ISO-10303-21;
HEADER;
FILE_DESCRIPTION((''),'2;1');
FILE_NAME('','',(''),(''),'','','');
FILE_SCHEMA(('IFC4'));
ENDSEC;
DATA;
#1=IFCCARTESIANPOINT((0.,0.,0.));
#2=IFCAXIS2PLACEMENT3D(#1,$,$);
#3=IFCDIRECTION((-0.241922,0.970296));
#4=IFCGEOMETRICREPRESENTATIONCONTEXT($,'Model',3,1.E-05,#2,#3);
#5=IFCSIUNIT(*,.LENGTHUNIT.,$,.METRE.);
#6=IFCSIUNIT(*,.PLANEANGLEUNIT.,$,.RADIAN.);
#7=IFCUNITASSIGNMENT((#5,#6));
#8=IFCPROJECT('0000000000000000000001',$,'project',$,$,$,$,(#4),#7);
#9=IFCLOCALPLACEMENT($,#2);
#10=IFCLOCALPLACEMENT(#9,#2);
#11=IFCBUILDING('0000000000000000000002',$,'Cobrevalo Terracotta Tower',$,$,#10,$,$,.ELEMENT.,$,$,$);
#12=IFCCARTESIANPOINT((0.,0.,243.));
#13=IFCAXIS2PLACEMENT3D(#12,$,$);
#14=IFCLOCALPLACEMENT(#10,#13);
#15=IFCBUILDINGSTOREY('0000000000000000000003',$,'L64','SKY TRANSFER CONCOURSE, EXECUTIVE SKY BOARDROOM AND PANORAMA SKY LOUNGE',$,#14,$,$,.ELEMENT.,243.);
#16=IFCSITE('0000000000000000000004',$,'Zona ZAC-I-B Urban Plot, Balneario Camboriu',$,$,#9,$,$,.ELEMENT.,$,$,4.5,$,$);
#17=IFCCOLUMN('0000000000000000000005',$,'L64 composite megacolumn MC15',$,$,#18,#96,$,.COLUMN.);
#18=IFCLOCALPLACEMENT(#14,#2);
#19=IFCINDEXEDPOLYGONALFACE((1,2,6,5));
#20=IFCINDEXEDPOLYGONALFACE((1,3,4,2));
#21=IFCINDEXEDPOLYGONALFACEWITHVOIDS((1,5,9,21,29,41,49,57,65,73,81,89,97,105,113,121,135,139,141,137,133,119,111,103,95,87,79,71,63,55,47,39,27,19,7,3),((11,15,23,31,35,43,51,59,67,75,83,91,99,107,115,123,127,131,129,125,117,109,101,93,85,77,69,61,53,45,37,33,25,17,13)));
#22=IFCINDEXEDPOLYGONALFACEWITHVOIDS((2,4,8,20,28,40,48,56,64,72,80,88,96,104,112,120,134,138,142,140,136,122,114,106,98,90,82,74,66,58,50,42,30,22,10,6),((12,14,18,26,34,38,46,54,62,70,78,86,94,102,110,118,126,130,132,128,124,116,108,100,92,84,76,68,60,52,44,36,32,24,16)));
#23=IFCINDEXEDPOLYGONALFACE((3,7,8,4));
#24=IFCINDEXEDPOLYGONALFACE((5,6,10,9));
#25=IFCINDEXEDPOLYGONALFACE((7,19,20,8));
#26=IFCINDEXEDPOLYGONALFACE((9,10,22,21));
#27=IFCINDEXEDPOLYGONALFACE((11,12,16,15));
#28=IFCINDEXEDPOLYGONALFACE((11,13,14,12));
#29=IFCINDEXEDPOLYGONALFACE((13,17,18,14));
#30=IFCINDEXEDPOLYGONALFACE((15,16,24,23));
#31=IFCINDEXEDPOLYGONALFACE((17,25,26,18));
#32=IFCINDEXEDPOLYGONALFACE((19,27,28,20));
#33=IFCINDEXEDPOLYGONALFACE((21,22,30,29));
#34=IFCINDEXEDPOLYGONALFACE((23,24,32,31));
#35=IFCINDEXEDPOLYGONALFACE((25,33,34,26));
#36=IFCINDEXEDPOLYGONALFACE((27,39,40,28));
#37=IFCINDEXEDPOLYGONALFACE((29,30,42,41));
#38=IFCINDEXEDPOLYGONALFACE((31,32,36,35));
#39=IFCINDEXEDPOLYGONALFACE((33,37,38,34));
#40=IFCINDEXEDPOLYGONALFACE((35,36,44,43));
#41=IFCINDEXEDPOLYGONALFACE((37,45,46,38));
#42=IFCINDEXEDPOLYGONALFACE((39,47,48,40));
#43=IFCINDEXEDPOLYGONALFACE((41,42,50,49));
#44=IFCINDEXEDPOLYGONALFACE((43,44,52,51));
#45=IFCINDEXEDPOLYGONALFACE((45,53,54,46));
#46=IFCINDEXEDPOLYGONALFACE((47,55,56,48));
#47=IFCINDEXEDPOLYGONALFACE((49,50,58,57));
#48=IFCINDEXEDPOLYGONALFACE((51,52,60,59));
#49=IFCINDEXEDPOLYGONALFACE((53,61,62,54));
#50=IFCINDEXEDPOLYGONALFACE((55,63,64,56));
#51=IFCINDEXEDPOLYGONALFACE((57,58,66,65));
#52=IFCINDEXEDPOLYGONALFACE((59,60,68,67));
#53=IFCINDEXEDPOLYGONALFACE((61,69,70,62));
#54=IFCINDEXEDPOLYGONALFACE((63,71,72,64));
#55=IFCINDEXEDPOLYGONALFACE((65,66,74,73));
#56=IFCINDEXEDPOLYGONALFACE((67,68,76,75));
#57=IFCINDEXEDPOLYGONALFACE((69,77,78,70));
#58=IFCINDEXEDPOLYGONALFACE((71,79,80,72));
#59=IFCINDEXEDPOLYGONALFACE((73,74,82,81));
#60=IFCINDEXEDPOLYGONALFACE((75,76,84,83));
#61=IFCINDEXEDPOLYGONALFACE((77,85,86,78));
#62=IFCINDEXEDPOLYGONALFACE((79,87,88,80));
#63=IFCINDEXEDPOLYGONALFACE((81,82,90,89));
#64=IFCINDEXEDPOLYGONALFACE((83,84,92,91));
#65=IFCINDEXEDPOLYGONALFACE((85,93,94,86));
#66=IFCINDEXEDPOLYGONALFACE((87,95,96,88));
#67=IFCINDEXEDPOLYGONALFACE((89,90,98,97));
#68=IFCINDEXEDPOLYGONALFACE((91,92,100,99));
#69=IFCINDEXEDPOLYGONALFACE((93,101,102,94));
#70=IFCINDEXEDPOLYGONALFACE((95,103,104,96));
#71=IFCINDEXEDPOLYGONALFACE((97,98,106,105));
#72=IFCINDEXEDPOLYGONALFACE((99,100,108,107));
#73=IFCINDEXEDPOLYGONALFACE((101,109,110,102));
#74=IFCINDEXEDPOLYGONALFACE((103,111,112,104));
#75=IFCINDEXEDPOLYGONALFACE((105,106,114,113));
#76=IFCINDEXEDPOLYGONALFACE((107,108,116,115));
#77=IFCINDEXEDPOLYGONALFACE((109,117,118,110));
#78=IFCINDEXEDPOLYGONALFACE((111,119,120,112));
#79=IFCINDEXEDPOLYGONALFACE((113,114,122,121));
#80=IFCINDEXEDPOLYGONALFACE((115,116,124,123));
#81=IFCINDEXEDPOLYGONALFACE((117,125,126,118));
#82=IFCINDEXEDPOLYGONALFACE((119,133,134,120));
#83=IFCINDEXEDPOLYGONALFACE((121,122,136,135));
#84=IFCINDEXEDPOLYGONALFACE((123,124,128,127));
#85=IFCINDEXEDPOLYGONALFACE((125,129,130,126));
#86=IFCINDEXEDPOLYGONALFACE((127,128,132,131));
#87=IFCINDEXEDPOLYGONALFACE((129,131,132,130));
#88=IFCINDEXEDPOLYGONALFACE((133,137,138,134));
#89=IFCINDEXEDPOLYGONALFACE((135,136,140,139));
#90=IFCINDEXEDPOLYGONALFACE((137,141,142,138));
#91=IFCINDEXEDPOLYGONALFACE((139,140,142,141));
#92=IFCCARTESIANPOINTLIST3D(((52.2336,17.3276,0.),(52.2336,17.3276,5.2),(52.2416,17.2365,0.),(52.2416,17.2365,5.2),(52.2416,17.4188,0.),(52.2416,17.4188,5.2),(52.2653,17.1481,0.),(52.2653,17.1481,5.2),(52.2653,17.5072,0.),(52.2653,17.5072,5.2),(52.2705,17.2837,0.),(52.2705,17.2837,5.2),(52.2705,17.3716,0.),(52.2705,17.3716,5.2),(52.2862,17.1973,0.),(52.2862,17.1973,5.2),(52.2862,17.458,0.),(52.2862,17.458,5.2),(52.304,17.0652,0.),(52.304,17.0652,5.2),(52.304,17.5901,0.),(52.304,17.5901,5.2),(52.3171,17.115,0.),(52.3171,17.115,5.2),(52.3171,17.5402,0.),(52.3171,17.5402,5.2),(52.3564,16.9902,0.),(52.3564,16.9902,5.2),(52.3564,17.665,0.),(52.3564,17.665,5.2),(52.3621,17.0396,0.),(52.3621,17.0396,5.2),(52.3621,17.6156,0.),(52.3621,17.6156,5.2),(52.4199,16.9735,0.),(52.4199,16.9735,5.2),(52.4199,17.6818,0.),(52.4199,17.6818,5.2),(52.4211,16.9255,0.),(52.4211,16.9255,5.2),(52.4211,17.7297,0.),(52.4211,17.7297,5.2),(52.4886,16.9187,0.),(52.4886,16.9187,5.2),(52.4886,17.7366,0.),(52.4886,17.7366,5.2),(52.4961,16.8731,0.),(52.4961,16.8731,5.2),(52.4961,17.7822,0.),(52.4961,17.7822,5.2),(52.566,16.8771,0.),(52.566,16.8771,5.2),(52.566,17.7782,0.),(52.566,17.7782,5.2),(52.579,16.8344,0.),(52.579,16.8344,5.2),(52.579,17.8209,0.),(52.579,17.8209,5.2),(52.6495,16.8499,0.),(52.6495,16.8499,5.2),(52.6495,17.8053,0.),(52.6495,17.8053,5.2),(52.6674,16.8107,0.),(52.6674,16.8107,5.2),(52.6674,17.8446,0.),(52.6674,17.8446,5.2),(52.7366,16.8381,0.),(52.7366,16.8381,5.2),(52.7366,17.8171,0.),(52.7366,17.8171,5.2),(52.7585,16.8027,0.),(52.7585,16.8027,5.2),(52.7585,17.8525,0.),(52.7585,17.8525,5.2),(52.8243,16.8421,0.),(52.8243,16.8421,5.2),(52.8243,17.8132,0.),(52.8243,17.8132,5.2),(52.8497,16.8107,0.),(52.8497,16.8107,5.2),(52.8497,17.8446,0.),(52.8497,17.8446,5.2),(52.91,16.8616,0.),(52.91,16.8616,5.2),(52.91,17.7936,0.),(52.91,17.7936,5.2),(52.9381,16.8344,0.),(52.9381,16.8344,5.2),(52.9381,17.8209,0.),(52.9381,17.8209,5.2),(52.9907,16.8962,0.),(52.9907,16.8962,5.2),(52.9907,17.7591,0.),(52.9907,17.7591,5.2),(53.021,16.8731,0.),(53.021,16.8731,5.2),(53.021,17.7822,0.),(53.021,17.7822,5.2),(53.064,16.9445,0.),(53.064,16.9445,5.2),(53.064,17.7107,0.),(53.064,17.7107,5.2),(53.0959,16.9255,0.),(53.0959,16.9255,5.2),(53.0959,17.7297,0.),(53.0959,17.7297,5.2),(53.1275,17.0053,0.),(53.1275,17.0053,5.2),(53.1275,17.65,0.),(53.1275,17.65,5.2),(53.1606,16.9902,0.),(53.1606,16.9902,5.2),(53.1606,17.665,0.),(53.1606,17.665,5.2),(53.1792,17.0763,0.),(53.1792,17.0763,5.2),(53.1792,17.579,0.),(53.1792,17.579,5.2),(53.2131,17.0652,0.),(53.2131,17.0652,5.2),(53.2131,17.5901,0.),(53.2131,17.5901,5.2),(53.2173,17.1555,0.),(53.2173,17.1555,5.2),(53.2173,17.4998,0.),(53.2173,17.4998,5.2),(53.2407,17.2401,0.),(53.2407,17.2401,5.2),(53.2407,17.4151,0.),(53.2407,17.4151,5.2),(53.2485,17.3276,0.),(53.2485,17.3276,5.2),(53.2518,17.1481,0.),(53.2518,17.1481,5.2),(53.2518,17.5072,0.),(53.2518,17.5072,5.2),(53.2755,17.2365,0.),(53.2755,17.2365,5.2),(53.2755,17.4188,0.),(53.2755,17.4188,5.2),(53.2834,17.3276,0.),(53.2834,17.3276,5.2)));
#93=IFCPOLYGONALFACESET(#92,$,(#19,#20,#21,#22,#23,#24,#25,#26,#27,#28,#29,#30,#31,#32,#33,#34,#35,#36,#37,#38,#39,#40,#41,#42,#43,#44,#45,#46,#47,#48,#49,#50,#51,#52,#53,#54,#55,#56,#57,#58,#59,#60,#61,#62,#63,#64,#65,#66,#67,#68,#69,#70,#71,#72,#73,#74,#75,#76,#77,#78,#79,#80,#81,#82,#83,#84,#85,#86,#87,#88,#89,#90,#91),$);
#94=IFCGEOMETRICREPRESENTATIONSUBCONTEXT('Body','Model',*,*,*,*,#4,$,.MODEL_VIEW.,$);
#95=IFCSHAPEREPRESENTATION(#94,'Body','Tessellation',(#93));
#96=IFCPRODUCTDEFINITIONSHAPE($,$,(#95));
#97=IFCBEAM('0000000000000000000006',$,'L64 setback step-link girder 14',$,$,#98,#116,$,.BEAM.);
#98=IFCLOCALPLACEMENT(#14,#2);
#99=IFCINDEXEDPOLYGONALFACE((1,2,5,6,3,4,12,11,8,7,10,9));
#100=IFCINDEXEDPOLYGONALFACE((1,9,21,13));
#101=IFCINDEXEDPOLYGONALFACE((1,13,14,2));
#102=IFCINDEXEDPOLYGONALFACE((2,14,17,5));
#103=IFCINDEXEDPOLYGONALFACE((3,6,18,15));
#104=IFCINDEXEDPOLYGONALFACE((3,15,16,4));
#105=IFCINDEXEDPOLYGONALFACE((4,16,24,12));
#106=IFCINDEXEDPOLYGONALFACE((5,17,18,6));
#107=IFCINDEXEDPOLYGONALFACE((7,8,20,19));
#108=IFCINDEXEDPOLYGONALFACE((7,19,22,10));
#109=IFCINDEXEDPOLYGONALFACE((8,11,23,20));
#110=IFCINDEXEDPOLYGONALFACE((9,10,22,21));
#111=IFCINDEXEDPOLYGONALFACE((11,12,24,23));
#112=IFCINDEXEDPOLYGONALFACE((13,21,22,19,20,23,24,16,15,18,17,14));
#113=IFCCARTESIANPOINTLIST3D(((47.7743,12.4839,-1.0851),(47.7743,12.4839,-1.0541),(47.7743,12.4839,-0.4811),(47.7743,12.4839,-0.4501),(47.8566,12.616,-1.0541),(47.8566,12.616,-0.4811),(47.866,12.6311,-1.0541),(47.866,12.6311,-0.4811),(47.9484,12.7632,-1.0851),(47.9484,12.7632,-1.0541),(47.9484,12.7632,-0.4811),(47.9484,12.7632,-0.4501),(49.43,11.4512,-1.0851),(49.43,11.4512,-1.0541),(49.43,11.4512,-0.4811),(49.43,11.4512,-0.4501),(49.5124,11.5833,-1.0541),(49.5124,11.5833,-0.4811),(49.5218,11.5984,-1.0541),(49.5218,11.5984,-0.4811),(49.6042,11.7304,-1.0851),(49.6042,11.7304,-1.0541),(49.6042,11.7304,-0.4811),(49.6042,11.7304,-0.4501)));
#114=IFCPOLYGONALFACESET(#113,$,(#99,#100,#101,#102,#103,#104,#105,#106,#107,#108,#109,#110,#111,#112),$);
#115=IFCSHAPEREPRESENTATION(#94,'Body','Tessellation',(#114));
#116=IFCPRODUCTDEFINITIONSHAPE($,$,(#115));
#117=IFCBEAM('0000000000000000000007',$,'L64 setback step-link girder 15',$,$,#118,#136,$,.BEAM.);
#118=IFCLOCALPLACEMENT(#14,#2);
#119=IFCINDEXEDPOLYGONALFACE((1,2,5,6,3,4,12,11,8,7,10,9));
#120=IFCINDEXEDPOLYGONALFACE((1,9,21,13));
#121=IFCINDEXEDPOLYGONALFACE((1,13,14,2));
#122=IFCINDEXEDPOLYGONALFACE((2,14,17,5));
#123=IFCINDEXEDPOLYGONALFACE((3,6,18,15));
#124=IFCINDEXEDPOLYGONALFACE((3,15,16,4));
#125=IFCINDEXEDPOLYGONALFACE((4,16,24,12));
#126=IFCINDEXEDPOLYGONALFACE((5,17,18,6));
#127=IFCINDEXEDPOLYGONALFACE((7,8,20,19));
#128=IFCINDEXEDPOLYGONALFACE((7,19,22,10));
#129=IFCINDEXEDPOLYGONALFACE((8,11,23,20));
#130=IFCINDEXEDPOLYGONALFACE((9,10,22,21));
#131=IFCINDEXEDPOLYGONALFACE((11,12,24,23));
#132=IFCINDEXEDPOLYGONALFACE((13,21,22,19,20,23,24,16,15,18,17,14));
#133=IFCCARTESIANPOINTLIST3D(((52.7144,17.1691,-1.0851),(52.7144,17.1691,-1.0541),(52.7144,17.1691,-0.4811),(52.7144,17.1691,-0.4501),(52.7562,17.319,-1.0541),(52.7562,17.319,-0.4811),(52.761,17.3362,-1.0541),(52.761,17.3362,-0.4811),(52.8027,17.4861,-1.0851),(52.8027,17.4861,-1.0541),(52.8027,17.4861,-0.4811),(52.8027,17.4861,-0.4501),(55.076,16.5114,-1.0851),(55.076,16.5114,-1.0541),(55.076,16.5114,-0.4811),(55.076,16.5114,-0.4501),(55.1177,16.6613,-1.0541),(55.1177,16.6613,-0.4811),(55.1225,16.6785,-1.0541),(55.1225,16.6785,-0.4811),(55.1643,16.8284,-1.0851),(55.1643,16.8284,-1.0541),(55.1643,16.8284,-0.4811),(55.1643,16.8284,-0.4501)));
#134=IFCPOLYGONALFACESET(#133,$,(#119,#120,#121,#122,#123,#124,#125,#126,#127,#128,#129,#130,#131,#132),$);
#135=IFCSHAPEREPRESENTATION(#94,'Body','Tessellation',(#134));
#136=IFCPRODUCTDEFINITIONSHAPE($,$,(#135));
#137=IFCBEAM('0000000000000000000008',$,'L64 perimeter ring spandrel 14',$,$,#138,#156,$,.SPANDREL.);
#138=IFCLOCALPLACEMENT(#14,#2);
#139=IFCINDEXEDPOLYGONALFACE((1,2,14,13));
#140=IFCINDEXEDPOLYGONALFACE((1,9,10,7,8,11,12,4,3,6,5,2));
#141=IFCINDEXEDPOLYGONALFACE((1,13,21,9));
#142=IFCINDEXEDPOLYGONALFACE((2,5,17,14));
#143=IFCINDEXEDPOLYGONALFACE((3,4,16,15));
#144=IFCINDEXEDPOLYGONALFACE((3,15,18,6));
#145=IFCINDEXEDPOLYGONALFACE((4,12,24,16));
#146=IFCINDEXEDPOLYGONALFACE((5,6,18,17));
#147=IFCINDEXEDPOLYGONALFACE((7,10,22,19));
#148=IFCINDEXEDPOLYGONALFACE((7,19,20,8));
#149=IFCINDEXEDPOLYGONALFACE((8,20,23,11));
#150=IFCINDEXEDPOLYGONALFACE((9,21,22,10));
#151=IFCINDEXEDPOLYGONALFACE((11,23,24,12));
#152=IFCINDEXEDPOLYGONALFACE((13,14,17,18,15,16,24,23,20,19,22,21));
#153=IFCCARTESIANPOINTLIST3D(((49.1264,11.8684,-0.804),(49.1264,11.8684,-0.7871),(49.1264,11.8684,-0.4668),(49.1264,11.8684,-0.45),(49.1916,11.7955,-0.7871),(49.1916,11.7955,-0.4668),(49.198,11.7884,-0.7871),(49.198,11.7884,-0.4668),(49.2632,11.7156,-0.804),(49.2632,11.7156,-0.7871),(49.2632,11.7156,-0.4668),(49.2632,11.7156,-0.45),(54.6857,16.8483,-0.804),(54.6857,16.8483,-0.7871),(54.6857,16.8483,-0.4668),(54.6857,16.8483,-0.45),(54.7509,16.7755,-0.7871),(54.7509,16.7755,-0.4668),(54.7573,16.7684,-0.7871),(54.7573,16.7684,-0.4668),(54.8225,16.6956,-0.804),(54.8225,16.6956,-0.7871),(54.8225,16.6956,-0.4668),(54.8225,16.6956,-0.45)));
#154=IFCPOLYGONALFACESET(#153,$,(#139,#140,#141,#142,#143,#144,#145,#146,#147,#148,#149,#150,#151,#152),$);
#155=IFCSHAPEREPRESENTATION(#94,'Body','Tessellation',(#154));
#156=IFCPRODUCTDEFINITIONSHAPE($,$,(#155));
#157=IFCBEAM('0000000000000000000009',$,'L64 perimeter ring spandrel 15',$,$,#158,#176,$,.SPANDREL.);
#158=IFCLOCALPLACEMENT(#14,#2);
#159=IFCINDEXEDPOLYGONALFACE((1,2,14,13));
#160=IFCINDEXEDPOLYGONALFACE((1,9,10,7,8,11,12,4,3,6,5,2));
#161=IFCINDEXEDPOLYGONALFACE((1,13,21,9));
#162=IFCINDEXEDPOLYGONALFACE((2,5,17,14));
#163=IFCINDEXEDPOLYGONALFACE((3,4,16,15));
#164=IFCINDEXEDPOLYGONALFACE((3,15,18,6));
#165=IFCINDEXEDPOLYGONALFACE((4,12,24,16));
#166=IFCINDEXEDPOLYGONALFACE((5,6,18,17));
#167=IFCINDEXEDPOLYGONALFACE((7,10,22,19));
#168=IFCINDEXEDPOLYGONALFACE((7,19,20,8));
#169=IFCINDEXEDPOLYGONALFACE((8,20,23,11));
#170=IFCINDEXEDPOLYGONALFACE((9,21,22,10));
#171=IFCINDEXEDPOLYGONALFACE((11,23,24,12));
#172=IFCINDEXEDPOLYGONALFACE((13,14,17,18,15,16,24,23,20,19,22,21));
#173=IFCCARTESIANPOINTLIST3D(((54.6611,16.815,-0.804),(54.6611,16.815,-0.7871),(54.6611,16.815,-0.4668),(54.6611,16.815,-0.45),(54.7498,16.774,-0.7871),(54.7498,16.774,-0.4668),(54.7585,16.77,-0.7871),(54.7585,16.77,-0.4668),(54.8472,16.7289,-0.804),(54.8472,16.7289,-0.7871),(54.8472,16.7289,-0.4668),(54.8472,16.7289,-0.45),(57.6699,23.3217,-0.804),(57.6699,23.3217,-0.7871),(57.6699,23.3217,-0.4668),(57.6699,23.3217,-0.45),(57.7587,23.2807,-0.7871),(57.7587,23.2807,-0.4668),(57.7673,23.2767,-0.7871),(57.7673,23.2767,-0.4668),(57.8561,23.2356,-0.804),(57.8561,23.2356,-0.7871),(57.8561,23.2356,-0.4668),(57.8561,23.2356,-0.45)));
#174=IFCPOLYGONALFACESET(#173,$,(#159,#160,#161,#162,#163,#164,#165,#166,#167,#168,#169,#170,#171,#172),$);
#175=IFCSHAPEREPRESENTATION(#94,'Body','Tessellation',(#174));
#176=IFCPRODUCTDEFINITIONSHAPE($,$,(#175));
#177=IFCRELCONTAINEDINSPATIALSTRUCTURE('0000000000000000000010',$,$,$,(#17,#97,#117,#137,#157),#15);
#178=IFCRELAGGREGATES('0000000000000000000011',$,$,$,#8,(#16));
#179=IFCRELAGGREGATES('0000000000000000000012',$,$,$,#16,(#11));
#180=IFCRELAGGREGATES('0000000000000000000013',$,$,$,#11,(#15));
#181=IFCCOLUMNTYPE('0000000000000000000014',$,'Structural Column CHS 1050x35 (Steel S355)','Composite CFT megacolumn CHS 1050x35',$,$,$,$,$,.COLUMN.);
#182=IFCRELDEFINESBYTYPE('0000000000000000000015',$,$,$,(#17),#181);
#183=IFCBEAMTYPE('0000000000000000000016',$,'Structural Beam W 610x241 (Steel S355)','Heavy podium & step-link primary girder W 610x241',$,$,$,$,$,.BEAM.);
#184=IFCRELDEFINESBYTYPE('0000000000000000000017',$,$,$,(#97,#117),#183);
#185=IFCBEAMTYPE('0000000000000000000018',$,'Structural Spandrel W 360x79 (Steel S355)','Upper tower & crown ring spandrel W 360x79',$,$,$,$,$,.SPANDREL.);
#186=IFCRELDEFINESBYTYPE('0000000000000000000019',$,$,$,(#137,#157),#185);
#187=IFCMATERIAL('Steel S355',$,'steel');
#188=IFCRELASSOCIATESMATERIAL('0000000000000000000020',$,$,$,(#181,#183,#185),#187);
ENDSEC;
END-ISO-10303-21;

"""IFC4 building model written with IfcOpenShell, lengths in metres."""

from ifc_helpers import new_model, si_unit, direction, frame, origin, origin_2d, place, context, subcontext, project, spatial, hollow_circle, i_section, extrude, material, material_profile, profile_set, type_object, element, save


model = new_model("IFC4")

# Units and contexts
model_context = context("Model", 3, precision=1e-05, world=origin(), true_north=direction((-0.241922, 0.970296)))
body_context = subcontext(model_context, "Body", "Model", "MODEL_VIEW")
ifc_project = project(units=[si_unit("LENGTHUNIT", "METRE"), si_unit("PLANEANGLEUNIT", "RADIAN")], contexts=[model_context])

# Site, building, storey
site_placement = place(None, origin())
site = spatial("IfcSite", under=ifc_project, at=site_placement, Name="Zona ZAC-I-B Urban Plot, Balneario Camboriu", CompositionType="ELEMENT", RefElevation=4.5)
building_placement = place(site_placement, origin())
building = spatial("IfcBuilding", under=site, at=building_placement, Name="Cobrevalo Terracotta Tower", CompositionType="ELEMENT")
storey_placement = place(building_placement, frame((0.0, 0.0, 243.0)))
storey = spatial("IfcBuildingStorey", under=building, at=storey_placement, Name="L64", Description="SKY TRANSFER CONCOURSE, EXECUTIVE SKY BOARDROOM AND PANORAMA SKY LOUNGE", CompositionType="ELEMENT", Elevation=243.0)

# Column
ifc_material_1 = material(Name="Steel S355", Category="steel")
ifc_material_profile_1 = material_profile(ifc_material_1, hollow_circle(Radius=0.5249, WallThickness=0.0349, at=origin_2d()), Name="CHS 1050x35")
ifc_profile_set_1 = profile_set([ifc_material_profile_1], Name="Steel S355")
column_type = type_object("IfcColumnType", Name="Structural Column CHS 1050x35 (Steel S355)", Description="Composite CFT megacolumn CHS 1050x35", PredefinedType="COLUMN", material=ifc_profile_set_1)
column_placement = place(storey_placement, frame((52.7585, 17.3276, 0.0), z_axis=(0.0, 0.0, 1.0), x_axis=(1.0, 0.0, 0.0)))
element("IfcColumn", 1, at=column_placement, inside=storey, type_object=column_type, Name="L64 composite megacolumn MC15", PredefinedType="COLUMN", context=body_context, shape_type="SweptSolid", body=[
    extrude(hollow_circle(Radius=0.5249, WallThickness=0.0349, at=origin_2d()), origin(), (0.0, 0.0, 1.0), 5.2),
])

# Beams
ifc_material_profile_2 = material_profile(ifc_material_1, i_section(OverallWidth=0.3291, OverallDepth=0.635, WebThickness=0.0178, FlangeThickness=0.031, at=origin_2d()), Name="W 610x241")
ifc_profile_set_2 = profile_set([ifc_material_profile_2], Name="Steel S355")
beam_type_1 = type_object("IfcBeamType", Name="Structural Beam W 610x241 (Steel S355)", Description="Heavy podium & step-link primary girder W 610x241", PredefinedType="BEAM", material=ifc_profile_set_2)
beam_1_placement = place(storey_placement, frame((49.5171, 11.5908, -0.7676), z_axis=(-0.84849, 0.529212, 0.0), x_axis=(-0.529212, -0.84849, 0.0)))
element("IfcBeam", 2, at=beam_1_placement, inside=storey, type_object=beam_type_1, Name="L64 setback step-link girder 14", PredefinedType="BEAM", context=body_context, shape_type="SweptSolid", body=[
    extrude(i_section(OverallWidth=0.3291, OverallDepth=0.635, WebThickness=0.0178, FlangeThickness=0.031, at=origin_2d()), origin(), (0.0, 0.0, 1.0), 1.9514),
])
beam_2_placement = place(storey_placement, frame((55.1201, 16.6699, -0.7676), z_axis=(-0.963336, 0.268296, 0.0), x_axis=(-0.268296, -0.963336, 0.0)))
element("IfcBeam", 3, at=beam_2_placement, inside=storey, type_object=beam_type_1, Name="L64 setback step-link girder 15", PredefinedType="BEAM", context=body_context, shape_type="SweptSolid", body=[
    extrude(i_section(OverallWidth=0.3291, OverallDepth=0.635, WebThickness=0.0178, FlangeThickness=0.031, at=origin_2d()), origin(), (0.0, 0.0, 1.0), 2.4514),
])
ifc_material_profile_3 = material_profile(ifc_material_1, i_section(OverallWidth=0.2051, OverallDepth=0.354, WebThickness=0.0095, FlangeThickness=0.0168, at=origin_2d()), Name="W 360x79")
ifc_profile_set_3 = profile_set([ifc_material_profile_3], Name="Steel S355")
beam_type_2 = type_object("IfcBeamType", Name="Structural Spandrel W 360x79 (Steel S355)", Description="Upper tower & crown ring spandrel W 360x79", PredefinedType="SPANDREL", material=ifc_profile_set_3)
beam_3_placement = place(storey_placement, frame((49.1948, 11.792, -0.627), z_axis=(0.744852, 0.66723, 0.0), x_axis=(-0.66723, 0.744852, 0.0)))
element("IfcBeam", 4, at=beam_3_placement, inside=storey, type_object=beam_type_2, Name="L64 perimeter ring spandrel 14", PredefinedType="SPANDREL", context=body_context, shape_type="SweptSolid", body=[
    extrude(i_section(OverallWidth=0.2051, OverallDepth=0.354, WebThickness=0.0095, FlangeThickness=0.0168, at=origin_2d()), origin(), (0.0, 0.0, 1.0), 7.4636),
])
beam_4_placement = place(storey_placement, frame((54.7542, 16.772, -0.627), z_axis=(0.419719, 0.907654, 0.0), x_axis=(-0.907654, 0.419719, 0.0)))
element("IfcBeam", 5, at=beam_4_placement, inside=storey, type_object=beam_type_2, Name="L64 perimeter ring spandrel 15", PredefinedType="SPANDREL", context=body_context, shape_type="SweptSolid", body=[
    extrude(i_section(OverallWidth=0.2051, OverallDepth=0.354, WebThickness=0.0095, FlangeThickness=0.0168, at=origin_2d()), origin(), (0.0, 0.0, 1.0), 7.1687),
])

save(model, "model.ifc")
